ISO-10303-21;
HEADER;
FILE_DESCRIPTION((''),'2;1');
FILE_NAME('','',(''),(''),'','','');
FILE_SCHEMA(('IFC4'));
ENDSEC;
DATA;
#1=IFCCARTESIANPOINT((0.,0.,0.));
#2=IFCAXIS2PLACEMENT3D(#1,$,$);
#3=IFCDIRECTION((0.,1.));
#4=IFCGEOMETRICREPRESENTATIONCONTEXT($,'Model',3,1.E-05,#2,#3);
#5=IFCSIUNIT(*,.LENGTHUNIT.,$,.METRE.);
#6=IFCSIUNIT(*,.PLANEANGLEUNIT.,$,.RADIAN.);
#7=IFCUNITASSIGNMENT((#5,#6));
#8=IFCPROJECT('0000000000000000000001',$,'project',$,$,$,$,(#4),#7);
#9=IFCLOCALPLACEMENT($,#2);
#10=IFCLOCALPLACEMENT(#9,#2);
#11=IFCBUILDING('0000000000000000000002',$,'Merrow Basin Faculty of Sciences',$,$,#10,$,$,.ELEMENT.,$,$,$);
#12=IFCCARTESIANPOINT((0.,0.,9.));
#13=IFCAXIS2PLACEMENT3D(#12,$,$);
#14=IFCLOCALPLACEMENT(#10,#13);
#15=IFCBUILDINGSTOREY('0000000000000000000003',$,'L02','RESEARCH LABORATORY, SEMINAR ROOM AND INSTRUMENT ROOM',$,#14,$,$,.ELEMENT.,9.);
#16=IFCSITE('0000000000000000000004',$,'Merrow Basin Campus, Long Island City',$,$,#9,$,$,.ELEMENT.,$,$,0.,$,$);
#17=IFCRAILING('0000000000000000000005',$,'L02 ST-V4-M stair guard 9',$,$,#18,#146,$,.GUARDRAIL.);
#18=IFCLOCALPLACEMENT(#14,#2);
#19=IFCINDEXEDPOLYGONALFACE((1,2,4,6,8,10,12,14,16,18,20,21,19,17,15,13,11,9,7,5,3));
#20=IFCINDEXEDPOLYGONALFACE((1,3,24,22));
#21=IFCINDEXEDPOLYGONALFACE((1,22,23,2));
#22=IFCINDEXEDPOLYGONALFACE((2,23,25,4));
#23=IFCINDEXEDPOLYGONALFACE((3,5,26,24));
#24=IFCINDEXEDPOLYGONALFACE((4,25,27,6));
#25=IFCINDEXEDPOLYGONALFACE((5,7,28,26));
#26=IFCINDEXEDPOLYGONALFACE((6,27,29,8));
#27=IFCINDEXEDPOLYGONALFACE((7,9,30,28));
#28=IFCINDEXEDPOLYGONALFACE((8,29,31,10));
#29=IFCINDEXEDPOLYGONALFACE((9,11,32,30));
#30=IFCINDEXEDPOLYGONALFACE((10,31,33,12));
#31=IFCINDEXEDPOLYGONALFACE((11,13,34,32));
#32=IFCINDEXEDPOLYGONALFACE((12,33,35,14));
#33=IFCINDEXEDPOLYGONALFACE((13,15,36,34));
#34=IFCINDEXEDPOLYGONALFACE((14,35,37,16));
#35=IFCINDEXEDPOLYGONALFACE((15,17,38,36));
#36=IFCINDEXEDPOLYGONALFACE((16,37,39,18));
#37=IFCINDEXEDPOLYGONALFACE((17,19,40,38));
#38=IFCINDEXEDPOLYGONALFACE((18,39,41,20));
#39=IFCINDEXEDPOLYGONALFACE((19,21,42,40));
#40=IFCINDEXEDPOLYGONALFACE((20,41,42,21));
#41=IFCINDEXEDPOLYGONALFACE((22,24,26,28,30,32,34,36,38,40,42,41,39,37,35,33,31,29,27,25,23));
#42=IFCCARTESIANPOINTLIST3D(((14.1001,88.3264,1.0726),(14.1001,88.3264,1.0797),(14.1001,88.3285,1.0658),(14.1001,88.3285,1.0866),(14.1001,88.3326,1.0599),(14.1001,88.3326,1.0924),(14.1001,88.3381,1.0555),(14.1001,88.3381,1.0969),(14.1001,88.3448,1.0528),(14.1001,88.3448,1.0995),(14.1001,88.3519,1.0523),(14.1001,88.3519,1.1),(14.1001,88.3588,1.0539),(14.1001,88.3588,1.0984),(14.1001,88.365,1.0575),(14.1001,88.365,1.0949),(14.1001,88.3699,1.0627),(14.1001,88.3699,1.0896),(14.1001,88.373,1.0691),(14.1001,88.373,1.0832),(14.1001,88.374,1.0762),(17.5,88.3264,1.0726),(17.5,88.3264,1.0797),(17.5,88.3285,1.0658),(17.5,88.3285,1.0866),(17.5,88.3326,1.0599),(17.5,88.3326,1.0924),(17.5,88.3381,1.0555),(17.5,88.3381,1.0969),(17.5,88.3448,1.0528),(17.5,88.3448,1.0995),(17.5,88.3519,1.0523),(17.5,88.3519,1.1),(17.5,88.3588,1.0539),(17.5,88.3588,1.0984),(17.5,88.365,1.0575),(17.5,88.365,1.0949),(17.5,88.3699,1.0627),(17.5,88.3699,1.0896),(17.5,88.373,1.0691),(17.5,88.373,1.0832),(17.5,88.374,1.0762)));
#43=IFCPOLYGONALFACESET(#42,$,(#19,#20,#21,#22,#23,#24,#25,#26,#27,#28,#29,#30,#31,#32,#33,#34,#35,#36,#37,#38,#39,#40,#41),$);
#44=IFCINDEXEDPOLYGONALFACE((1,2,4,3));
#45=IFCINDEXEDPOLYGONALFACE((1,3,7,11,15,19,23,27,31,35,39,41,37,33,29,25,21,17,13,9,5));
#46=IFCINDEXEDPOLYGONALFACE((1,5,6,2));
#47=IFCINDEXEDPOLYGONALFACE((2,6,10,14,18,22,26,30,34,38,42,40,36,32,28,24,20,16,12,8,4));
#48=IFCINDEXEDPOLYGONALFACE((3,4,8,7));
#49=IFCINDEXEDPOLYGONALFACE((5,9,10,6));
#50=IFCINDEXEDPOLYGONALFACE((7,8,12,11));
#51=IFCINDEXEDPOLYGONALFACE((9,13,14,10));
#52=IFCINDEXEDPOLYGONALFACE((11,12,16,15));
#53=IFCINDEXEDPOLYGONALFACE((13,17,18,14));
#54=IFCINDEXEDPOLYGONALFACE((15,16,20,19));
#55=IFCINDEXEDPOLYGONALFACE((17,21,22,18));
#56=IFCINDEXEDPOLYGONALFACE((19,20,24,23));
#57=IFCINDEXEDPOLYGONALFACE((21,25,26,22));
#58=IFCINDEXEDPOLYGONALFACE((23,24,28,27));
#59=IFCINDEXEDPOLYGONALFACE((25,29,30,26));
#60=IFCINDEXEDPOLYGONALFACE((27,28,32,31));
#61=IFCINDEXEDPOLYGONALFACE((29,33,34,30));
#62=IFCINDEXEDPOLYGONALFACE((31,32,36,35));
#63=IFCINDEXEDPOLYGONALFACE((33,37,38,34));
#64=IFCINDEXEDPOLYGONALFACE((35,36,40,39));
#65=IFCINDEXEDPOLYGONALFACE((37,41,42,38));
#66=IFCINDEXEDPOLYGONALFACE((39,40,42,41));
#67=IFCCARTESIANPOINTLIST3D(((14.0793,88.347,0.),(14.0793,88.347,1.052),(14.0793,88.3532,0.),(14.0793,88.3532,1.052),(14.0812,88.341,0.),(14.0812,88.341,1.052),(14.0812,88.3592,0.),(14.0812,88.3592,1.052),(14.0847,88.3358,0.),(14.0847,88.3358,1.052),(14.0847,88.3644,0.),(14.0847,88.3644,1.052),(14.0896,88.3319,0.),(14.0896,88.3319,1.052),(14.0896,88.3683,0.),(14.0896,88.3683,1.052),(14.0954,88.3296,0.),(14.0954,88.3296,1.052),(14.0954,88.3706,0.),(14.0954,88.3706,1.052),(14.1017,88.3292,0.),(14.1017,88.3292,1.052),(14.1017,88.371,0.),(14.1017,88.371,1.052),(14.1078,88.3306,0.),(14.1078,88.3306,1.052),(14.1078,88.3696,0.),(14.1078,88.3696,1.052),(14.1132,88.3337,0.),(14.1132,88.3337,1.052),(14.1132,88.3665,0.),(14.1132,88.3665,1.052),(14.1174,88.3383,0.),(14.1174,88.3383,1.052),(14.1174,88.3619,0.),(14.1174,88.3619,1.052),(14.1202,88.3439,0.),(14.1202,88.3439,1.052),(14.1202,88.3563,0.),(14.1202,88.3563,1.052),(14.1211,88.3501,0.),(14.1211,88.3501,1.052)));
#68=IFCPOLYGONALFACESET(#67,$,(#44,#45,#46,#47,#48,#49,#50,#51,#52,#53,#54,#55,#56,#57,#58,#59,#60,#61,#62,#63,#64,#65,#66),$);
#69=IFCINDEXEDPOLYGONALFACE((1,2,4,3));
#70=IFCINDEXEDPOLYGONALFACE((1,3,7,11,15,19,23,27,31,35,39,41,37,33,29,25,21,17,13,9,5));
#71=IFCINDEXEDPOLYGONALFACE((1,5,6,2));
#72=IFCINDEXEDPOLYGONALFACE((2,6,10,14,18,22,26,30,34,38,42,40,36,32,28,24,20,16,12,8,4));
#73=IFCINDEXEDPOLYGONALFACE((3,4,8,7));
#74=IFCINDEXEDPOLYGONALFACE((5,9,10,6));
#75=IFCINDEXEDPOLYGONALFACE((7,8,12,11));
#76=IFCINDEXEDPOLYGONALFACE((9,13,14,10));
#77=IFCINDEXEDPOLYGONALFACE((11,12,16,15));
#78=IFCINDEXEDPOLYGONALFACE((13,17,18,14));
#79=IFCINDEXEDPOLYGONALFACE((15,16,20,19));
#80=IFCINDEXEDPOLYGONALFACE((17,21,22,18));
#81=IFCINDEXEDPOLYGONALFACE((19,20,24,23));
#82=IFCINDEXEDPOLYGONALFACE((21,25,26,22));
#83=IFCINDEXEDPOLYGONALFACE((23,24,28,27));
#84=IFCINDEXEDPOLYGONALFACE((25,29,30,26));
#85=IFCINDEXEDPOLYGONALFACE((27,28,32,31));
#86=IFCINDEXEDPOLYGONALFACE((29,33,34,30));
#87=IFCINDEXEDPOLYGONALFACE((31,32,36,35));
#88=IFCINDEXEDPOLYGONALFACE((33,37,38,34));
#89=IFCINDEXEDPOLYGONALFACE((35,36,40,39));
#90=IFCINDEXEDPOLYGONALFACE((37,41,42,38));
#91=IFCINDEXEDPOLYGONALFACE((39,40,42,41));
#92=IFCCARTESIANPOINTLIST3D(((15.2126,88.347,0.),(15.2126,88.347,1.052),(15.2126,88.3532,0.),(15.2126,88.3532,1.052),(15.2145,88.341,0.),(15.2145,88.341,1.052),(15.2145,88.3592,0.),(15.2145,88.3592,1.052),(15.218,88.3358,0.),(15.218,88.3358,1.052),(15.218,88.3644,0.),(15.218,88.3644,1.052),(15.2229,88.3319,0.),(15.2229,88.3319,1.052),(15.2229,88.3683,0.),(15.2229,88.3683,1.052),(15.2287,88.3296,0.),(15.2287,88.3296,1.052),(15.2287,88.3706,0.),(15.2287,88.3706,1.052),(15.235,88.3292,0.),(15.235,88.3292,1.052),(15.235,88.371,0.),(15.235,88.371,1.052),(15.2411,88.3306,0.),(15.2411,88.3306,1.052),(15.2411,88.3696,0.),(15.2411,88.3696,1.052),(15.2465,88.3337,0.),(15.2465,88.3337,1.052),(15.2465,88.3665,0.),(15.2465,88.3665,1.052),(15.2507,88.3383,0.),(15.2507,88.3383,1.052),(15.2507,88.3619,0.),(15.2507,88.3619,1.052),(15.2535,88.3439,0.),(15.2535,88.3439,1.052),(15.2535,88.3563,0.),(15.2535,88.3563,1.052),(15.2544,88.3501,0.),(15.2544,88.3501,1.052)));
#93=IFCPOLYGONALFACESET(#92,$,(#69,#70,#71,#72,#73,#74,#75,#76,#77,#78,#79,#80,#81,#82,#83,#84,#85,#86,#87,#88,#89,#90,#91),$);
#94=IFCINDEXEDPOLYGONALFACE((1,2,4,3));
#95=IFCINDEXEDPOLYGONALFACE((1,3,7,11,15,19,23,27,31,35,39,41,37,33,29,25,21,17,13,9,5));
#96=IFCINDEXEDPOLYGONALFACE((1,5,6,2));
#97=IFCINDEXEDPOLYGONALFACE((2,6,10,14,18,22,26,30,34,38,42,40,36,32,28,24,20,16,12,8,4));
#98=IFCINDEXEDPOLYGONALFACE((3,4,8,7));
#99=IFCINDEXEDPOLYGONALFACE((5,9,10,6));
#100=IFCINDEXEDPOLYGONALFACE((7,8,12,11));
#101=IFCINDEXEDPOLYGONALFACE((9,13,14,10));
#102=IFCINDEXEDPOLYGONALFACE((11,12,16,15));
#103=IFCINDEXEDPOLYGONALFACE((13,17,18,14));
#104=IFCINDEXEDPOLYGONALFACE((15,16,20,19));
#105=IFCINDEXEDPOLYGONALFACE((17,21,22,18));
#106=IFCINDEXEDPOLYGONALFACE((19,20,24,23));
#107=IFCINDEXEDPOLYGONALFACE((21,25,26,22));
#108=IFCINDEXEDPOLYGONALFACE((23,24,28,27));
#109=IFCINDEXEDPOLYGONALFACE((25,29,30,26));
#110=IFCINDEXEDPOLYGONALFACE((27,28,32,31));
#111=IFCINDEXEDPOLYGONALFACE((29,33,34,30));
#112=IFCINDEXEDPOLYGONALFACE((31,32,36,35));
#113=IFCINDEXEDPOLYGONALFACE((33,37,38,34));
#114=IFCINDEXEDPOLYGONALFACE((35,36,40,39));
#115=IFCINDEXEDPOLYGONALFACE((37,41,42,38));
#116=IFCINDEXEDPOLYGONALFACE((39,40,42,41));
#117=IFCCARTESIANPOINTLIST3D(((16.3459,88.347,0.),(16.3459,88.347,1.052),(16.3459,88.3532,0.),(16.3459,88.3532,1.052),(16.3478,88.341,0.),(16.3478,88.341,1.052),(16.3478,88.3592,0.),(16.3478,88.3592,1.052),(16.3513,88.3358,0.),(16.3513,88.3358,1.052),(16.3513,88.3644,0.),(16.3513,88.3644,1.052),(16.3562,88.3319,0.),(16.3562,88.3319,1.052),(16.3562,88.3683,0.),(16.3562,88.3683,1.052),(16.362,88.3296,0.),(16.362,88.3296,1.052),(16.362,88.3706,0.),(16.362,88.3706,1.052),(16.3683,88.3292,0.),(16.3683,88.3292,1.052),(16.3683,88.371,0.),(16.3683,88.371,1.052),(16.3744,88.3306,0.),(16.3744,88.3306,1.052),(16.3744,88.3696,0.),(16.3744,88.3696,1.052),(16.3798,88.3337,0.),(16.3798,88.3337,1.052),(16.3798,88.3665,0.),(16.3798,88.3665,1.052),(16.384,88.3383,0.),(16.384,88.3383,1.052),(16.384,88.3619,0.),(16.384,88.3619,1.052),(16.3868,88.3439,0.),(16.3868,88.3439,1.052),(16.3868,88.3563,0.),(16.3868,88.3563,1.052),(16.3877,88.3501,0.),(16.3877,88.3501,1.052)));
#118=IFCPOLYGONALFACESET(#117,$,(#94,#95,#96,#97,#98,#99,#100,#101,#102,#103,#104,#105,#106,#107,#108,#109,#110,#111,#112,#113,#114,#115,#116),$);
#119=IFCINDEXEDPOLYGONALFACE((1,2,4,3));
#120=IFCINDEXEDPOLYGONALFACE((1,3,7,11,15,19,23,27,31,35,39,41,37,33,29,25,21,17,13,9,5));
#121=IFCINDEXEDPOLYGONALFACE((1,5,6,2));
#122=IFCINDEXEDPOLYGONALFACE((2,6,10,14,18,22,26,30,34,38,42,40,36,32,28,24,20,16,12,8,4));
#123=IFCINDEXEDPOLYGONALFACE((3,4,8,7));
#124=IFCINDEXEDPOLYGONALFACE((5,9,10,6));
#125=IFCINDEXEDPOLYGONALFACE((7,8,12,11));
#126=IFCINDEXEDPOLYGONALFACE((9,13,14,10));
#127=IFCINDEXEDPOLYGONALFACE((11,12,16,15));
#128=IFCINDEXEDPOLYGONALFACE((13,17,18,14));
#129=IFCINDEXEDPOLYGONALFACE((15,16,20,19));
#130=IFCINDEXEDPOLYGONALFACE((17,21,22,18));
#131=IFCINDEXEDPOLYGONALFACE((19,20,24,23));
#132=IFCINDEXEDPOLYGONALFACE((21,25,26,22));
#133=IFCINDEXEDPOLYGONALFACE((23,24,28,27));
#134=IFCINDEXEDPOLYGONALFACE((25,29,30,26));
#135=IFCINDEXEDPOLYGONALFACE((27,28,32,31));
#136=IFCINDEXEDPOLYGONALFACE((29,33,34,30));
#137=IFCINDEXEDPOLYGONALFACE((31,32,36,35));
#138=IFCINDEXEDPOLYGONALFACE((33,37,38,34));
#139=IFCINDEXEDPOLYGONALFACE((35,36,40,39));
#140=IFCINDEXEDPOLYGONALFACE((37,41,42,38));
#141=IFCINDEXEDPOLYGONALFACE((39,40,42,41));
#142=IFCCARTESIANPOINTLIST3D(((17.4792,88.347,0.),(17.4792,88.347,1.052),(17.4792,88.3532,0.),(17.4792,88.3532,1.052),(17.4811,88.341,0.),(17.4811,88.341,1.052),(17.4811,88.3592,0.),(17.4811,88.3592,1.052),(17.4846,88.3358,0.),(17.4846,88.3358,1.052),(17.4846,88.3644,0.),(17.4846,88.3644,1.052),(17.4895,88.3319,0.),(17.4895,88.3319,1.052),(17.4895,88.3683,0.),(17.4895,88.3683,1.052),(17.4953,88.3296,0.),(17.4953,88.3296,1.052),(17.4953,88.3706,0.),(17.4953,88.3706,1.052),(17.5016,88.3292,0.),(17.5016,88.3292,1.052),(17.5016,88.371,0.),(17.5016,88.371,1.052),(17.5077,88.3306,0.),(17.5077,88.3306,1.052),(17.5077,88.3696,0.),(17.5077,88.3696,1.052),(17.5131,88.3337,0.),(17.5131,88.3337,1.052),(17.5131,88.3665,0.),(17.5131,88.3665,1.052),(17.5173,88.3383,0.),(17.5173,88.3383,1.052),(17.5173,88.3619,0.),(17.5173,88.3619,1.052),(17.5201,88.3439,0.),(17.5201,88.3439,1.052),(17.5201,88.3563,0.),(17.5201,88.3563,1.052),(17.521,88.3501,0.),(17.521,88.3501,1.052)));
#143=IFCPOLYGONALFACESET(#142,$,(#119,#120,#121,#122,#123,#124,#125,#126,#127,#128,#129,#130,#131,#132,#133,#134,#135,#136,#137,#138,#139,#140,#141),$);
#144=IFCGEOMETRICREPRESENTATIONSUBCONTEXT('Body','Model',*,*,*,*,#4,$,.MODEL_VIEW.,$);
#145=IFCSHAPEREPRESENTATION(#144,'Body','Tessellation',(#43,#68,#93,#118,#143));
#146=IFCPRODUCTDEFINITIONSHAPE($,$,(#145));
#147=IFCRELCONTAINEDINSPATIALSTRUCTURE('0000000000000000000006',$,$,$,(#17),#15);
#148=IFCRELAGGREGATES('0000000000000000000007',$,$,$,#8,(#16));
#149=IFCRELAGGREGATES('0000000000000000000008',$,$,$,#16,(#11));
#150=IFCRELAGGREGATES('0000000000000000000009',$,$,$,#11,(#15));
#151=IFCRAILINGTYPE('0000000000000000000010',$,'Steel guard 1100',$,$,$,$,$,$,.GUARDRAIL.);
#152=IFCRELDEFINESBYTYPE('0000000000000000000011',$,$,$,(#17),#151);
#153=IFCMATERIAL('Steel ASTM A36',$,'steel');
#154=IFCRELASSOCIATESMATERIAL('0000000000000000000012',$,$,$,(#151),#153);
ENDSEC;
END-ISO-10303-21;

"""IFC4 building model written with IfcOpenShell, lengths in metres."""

from ifc_helpers import new_model, si_unit, direction, frame, origin, origin_2d, place, context, subcontext, project, spatial, circle, extrude, material, type_object, element, save


model = new_model("IFC4")

# Units and contexts
model_context = context("Model", 3, precision=1e-05, world=origin(), true_north=direction((0.0, 1.0)))
body_context = subcontext(model_context, "Body", "Model", "MODEL_VIEW")
ifc_project = project(units=[si_unit("LENGTHUNIT", "METRE"), si_unit("PLANEANGLEUNIT", "RADIAN")], contexts=[model_context])

# Site, building, storey
site_placement = place(None, origin())
site = spatial("IfcSite", under=ifc_project, at=site_placement, Name="Merrow Basin Campus, Long Island City", CompositionType="ELEMENT", RefElevation=0.0)
building_placement = place(site_placement, origin())
building = spatial("IfcBuilding", under=site, at=building_placement, Name="Merrow Basin Faculty of Sciences", CompositionType="ELEMENT")
storey_placement = place(building_placement, frame((0.0, 0.0, 9.0)))
storey = spatial("IfcBuildingStorey", under=building, at=storey_placement, Name="L02", Description="RESEARCH LABORATORY, SEMINAR ROOM AND INSTRUMENT ROOM", CompositionType="ELEMENT", Elevation=9.0)

# Railing
ifc_material_1 = material(Name="Steel ASTM A36", Category="steel")
railing_type_1 = type_object("IfcRailingType", Name="Steel guard 1100", PredefinedType="GUARDRAIL", material=ifc_material_1)
railing_1_placement = place(storey_placement, frame((14.1001, 88.3501, 0.0)))
element("IfcRailing", 1, at=railing_1_placement, inside=storey, type_object=railing_type_1, Name="L02 ST-V4-M stair guard 9", PredefinedType="GUARDRAIL", context=body_context, shape_type="SweptSolid", body=[
    extrude(circle(Radius=0.0239, at=origin_2d()), frame((0.0, 0.0, 1.0762), z_axis=(1.0, 0.0, 0.0), x_axis=(0.0, 1.0, 0.0)), (0.0, 0.0, 1.0), 3.3999),
    extrude(circle(Radius=0.021, at=origin_2d()), origin(), (0.0, 0.0, 1.0), 1.052),
    extrude(circle(Radius=0.021, at=origin_2d()), frame((1.1333, 0.0, 0.0)), (0.0, 0.0, 1.0), 1.052),
    extrude(circle(Radius=0.021, at=origin_2d()), frame((2.2666, 0.0, 0.0)), (0.0, 0.0, 1.0), 1.052),
    extrude(circle(Radius=0.021, at=origin_2d()), frame((3.3999, 0.0, 0.0)), (0.0, 0.0, 1.0), 1.052),
])

save(model, "model.ifc")
